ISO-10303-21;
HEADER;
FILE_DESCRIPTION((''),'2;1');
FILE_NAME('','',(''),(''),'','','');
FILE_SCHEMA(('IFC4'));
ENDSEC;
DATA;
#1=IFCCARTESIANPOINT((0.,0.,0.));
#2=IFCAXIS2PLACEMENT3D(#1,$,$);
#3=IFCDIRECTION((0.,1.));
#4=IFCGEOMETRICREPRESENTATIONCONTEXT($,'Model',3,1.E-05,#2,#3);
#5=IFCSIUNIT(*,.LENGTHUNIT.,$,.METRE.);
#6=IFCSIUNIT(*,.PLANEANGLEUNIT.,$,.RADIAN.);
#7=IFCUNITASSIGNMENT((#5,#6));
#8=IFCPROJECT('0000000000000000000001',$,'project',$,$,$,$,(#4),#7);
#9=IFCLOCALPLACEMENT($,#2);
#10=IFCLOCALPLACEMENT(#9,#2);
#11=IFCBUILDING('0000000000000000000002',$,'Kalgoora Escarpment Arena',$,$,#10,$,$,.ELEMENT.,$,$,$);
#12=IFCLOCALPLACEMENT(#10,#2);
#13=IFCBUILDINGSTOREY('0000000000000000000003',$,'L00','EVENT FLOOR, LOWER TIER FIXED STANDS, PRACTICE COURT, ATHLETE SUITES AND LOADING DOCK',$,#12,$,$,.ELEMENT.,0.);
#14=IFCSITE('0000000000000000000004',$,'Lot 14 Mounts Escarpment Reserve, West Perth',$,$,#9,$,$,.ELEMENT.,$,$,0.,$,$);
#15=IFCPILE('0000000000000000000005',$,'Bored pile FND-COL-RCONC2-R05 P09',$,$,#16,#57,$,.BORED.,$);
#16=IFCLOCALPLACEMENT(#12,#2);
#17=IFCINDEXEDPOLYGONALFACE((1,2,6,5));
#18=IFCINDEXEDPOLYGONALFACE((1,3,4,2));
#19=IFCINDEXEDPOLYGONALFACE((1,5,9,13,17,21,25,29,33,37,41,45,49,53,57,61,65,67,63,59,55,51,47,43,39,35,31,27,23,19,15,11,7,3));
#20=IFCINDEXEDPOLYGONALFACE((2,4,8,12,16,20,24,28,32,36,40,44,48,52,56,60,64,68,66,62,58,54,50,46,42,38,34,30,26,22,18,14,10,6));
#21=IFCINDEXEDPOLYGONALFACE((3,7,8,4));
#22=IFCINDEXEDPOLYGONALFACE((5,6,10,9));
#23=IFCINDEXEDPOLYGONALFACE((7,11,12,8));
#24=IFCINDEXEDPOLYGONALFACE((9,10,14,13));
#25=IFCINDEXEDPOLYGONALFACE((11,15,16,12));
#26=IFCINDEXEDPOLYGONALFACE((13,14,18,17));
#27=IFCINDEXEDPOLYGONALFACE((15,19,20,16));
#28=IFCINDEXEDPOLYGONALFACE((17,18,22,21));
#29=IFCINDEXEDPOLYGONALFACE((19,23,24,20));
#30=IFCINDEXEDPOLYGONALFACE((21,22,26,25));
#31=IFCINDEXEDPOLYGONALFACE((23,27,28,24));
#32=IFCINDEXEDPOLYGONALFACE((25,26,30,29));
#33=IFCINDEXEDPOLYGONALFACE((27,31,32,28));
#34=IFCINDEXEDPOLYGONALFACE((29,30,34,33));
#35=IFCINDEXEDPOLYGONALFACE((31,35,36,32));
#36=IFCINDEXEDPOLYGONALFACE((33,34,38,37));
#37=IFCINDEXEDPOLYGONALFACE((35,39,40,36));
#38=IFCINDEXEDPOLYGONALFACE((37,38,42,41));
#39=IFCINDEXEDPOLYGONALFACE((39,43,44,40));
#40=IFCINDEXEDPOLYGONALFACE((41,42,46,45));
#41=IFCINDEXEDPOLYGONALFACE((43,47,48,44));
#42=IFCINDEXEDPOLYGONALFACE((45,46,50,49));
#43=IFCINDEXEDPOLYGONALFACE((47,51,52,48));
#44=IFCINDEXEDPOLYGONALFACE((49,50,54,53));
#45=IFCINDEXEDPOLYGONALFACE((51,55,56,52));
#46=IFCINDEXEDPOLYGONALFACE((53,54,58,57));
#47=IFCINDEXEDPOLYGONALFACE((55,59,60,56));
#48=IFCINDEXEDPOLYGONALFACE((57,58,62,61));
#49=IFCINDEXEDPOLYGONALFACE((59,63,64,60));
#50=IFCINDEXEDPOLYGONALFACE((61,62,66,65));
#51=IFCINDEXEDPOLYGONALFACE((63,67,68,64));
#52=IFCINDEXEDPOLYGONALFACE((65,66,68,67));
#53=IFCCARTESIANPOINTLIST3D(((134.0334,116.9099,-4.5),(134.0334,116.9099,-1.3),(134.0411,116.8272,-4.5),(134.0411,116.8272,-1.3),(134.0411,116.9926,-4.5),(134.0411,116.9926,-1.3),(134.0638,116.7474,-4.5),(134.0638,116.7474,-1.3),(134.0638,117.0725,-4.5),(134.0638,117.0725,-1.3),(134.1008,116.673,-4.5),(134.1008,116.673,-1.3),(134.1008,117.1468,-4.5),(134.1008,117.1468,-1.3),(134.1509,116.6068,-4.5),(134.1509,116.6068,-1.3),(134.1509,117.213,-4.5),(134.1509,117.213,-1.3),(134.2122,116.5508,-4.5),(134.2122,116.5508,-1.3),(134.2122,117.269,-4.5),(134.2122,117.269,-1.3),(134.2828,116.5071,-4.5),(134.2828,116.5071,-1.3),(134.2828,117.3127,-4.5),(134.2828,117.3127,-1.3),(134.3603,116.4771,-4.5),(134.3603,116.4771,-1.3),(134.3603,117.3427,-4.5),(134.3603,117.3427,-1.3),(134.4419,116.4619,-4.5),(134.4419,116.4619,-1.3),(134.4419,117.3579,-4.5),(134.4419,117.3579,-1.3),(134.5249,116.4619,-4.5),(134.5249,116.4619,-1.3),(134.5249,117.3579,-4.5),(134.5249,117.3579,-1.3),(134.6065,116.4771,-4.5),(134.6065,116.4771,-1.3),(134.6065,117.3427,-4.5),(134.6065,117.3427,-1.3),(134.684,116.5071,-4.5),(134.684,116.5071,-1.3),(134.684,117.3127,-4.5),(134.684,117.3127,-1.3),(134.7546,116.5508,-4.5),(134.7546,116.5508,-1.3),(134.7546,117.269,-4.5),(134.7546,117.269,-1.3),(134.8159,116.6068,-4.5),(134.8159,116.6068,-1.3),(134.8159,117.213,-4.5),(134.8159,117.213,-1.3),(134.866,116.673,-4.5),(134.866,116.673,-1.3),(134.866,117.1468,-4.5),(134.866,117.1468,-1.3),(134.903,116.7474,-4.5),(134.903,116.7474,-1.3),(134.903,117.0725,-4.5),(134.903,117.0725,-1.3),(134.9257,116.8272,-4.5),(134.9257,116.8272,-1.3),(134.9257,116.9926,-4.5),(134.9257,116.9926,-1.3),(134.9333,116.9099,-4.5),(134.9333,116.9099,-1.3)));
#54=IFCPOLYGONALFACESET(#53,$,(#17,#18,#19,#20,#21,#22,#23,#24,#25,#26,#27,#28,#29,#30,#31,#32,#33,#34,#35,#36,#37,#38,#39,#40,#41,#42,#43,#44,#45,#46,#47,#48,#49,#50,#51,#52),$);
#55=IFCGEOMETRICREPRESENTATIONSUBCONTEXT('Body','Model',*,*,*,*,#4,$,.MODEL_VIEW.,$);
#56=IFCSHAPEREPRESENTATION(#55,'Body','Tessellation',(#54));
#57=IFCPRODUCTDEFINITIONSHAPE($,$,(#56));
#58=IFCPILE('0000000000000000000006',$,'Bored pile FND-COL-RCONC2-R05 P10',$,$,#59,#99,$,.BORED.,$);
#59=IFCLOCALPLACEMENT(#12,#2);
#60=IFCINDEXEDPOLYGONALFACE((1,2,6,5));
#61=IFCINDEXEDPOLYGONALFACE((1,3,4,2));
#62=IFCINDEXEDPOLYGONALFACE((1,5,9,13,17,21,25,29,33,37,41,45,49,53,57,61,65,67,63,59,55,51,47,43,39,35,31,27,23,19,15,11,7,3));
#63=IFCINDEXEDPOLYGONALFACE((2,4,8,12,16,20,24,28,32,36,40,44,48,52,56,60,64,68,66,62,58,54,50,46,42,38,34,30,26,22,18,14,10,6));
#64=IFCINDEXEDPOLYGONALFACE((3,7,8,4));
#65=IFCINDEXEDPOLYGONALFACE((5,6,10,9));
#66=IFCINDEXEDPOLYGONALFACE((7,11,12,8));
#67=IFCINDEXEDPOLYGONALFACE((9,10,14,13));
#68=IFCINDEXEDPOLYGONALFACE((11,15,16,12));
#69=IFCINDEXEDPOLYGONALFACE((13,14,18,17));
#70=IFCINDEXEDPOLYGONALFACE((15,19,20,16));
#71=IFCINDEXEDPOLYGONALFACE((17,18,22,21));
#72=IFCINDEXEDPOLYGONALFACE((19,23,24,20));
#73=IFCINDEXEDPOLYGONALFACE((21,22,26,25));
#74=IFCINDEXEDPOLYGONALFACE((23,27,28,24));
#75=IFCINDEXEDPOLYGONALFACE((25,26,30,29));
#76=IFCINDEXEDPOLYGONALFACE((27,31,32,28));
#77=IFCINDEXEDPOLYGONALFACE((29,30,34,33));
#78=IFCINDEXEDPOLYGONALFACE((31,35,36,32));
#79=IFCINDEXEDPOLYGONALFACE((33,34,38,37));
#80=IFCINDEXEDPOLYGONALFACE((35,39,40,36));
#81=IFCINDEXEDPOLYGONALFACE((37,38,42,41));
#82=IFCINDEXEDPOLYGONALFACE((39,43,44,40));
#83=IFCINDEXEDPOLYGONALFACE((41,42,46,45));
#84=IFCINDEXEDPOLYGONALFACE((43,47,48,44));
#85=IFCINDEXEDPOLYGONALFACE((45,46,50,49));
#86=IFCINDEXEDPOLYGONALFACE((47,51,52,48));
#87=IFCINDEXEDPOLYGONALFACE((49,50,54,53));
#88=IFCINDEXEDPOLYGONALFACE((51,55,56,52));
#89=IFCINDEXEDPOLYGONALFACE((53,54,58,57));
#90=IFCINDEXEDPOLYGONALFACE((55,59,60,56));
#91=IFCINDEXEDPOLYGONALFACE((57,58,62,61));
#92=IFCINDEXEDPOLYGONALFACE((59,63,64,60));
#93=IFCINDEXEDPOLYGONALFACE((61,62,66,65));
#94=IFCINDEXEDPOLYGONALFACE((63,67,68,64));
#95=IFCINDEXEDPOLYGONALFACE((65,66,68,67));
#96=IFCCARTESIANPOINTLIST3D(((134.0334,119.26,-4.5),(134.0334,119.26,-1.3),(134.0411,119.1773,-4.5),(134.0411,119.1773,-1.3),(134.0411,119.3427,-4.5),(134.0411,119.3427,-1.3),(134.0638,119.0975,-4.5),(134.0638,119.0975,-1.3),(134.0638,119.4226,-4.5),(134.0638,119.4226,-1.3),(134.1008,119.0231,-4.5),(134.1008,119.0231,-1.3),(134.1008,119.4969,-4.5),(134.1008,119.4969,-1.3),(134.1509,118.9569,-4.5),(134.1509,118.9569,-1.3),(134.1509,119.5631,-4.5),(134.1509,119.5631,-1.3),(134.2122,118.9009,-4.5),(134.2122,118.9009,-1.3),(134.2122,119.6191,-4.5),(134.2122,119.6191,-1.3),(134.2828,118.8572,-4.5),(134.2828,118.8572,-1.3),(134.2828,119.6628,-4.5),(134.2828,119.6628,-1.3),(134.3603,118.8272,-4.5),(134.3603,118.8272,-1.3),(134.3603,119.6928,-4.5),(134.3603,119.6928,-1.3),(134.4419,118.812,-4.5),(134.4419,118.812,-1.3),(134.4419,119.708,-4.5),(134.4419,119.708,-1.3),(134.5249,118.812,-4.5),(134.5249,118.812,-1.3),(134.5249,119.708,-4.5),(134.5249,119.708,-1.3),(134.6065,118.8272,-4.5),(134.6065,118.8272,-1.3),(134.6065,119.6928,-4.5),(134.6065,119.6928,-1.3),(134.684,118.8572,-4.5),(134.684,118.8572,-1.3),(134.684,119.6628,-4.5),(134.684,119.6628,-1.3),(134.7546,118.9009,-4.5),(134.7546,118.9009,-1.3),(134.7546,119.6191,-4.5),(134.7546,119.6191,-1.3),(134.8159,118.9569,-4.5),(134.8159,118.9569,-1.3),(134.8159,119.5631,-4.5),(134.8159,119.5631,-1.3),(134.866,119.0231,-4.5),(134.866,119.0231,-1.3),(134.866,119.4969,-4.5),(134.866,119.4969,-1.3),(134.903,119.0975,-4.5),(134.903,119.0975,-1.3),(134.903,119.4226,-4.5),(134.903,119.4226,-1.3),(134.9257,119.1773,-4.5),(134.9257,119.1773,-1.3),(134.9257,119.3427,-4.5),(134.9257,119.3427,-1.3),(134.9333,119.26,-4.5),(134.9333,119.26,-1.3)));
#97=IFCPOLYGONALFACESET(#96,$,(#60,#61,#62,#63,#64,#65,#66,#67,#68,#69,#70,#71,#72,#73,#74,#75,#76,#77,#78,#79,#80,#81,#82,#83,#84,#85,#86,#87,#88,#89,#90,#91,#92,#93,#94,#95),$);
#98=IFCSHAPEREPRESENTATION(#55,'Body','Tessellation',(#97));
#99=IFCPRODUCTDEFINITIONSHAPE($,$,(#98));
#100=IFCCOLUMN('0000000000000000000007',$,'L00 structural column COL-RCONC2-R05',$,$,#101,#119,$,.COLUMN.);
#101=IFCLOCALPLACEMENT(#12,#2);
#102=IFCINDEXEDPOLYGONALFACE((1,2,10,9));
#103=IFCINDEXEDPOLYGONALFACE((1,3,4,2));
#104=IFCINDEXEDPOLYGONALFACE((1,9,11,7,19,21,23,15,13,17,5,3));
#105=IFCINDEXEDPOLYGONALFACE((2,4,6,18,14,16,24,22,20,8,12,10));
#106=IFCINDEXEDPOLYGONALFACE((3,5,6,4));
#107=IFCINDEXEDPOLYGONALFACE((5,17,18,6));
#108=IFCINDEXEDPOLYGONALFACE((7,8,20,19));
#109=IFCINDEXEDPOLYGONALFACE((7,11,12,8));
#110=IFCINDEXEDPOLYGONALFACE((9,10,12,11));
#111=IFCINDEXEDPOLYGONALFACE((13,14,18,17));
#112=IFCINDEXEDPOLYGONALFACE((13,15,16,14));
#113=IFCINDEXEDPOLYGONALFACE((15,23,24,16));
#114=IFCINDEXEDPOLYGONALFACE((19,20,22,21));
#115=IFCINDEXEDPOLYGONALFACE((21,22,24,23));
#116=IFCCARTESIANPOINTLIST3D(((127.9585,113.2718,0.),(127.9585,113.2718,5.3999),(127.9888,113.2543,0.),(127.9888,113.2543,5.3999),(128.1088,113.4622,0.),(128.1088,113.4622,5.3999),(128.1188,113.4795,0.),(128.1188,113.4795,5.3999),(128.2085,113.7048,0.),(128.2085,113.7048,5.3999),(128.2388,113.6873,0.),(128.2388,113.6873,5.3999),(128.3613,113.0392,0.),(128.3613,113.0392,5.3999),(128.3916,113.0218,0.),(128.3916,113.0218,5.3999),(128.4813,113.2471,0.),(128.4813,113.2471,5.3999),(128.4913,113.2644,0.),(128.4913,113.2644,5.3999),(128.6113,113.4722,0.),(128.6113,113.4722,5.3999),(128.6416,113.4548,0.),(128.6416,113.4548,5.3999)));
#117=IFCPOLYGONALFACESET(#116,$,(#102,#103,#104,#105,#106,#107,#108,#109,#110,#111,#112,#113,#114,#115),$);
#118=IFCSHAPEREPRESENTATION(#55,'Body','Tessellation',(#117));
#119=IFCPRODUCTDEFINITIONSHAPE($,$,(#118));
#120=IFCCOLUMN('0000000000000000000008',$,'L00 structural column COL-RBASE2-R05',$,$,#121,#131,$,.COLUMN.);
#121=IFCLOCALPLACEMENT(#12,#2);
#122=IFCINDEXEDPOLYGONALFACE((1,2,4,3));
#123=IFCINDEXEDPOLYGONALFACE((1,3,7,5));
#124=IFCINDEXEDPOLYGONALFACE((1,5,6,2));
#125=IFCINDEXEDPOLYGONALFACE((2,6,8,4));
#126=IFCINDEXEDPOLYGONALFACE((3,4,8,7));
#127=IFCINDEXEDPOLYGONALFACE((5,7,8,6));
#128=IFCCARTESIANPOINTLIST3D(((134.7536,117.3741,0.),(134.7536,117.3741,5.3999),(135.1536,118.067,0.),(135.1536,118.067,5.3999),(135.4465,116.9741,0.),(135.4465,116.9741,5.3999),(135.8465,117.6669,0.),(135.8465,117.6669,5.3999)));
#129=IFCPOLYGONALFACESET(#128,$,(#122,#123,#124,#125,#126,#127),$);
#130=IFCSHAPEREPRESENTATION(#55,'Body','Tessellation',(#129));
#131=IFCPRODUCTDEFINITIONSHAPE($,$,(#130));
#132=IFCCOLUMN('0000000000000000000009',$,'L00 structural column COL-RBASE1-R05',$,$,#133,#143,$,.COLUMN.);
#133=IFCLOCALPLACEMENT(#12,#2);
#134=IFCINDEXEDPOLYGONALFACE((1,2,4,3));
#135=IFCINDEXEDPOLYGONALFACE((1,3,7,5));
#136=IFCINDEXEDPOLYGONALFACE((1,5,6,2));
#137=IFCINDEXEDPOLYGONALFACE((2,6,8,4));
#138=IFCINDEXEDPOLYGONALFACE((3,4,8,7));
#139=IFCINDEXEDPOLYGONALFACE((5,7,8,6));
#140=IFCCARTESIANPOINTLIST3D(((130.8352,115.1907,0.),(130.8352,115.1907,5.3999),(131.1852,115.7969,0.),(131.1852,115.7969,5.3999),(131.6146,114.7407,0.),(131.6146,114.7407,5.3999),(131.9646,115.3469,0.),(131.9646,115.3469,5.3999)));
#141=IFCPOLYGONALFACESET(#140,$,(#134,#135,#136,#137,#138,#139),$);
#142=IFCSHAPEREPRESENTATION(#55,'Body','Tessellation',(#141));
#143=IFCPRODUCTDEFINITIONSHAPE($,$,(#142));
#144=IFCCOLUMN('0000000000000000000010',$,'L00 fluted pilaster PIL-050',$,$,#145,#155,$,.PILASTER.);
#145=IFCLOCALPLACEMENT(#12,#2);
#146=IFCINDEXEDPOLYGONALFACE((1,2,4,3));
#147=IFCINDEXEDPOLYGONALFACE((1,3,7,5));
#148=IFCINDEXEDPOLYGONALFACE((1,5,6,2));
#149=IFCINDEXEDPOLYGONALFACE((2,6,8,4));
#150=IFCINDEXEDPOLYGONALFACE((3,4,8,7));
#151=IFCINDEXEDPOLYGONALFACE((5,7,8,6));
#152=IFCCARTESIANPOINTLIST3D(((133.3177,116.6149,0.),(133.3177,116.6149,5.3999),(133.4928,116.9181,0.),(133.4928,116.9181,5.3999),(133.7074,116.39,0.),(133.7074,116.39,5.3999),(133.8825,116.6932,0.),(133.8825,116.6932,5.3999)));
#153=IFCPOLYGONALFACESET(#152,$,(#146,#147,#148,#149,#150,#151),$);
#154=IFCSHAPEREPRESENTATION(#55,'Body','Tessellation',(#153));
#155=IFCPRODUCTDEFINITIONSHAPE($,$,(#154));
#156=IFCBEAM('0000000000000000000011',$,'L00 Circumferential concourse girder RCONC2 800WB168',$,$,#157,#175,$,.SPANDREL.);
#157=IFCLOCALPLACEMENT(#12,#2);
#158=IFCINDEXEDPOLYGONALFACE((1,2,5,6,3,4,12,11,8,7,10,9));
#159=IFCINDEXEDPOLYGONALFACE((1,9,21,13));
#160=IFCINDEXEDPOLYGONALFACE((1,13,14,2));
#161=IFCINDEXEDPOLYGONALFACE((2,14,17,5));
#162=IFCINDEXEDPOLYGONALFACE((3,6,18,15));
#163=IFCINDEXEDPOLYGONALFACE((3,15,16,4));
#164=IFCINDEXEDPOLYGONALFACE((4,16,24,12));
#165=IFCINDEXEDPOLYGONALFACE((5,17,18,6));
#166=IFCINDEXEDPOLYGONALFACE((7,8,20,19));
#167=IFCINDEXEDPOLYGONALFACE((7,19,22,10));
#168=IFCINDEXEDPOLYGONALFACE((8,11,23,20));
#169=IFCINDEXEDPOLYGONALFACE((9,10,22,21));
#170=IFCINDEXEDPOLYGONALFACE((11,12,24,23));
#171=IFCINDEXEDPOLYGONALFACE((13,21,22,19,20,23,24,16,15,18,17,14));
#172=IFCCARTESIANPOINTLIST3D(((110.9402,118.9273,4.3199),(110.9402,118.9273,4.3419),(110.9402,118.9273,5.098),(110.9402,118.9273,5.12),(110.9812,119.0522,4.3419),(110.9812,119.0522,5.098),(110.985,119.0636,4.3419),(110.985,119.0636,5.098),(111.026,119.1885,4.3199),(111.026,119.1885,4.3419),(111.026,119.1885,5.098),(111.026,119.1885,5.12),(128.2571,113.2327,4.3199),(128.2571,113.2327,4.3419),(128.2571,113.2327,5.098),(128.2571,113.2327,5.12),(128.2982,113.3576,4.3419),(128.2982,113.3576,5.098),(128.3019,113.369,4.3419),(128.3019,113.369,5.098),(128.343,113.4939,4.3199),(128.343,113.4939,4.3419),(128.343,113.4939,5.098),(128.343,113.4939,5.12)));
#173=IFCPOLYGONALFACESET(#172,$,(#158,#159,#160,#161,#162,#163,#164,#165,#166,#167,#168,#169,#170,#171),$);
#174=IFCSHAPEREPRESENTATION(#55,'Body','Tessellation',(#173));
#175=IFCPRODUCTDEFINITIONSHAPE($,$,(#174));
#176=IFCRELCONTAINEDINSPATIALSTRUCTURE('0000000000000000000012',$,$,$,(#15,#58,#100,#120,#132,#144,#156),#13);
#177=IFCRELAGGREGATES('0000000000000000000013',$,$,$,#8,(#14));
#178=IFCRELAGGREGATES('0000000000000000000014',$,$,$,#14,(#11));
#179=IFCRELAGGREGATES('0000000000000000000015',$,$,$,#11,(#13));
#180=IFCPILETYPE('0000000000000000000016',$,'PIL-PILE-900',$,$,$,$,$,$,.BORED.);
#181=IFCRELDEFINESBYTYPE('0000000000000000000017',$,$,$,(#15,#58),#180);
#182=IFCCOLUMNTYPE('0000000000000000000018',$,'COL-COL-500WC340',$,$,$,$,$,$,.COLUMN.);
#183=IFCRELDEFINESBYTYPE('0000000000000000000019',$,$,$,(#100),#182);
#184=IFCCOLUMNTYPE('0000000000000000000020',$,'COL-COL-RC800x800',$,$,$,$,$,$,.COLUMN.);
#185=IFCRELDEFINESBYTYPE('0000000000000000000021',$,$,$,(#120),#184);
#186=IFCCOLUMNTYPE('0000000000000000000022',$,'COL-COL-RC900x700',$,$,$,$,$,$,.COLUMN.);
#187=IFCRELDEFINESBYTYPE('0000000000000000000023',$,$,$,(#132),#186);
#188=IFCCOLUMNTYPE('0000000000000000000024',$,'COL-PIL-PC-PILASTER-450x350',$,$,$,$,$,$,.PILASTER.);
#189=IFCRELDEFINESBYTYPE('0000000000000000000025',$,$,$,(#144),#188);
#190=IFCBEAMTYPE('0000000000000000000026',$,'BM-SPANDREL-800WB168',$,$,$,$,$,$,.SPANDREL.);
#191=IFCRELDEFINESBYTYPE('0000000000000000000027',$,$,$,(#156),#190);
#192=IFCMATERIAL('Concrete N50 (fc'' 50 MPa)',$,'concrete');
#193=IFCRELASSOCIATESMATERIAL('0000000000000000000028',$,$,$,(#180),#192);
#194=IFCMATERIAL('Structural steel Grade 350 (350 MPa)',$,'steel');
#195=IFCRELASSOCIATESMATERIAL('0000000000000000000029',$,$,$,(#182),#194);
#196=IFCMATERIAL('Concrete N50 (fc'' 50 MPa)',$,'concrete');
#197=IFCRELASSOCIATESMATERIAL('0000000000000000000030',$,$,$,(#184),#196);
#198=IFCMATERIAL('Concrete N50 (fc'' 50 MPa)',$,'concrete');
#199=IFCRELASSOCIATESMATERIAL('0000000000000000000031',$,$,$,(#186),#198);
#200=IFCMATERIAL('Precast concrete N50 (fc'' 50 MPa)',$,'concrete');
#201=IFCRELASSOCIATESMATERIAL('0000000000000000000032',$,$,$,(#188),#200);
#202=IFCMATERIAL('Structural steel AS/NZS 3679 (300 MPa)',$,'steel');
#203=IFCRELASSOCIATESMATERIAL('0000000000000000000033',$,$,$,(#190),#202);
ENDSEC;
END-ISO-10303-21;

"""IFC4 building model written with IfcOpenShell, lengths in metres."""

from ifc_helpers import new_model, si_unit, direction, frame, origin, origin_2d, place, context, subcontext, project, spatial, rectangle, circle, i_section, extrude, material, material_profile, profile_set, type_object, element, save


model = new_model("IFC4")

# Units and contexts
model_context = context("Model", 3, precision=1e-05, world=origin(), true_north=direction((0.0, 1.0)))
body_context = subcontext(model_context, "Body", "Model", "MODEL_VIEW")
ifc_project = project(units=[si_unit("LENGTHUNIT", "METRE"), si_unit("PLANEANGLEUNIT", "RADIAN")], contexts=[model_context])

# Site, building, storey
site_placement = place(None, origin())
site = spatial("IfcSite", under=ifc_project, at=site_placement, Name="Lot 14 Mounts Escarpment Reserve, West Perth", CompositionType="ELEMENT", RefElevation=0.0)
building_placement = place(site_placement, origin())
building = spatial("IfcBuilding", under=site, at=building_placement, Name="Kalgoora Escarpment Arena", CompositionType="ELEMENT")
storey_placement = place(building_placement, origin())
storey = spatial("IfcBuildingStorey", under=building, at=storey_placement, Name="L00", Description="EVENT FLOOR, LOWER TIER FIXED STANDS, PRACTICE COURT, ATHLETE SUITES AND LOADING DOCK", CompositionType="ELEMENT", Elevation=0.0)

# Piles
ifc_material_1 = material(Name="Concrete N50 (fc' 50 MPa)", Category="concrete")
ifc_material_profile_1 = material_profile(ifc_material_1, circle(Radius=0.45, at=origin_2d()))
ifc_profile_set_1 = profile_set([ifc_material_profile_1], Name="Concrete N50 (fc' 50 MPa)")
pile_type_1 = type_object("IfcPileType", Name="PIL-PILE-900", PredefinedType="BORED", material=ifc_profile_set_1)
for number, where, z_axis, x_axis, name in (
    (1, (134.4834, 116.9099, -1.3), (0.0, 0.0, -1.0), (1.0, 0.0, 0.0), "Bored pile FND-COL-RCONC2-R05 P09"),
    (2, (134.4834, 119.26, -1.3), (0.0, 0.0, -1.0), (1.0, 0.0, 0.0), "Bored pile FND-COL-RCONC2-R05 P10"),
):
    element("IfcPile", number, at=place(storey_placement, frame(where, z_axis=z_axis, x_axis=x_axis)), inside=storey, type_object=pile_type_1, Name=name, PredefinedType="BORED", context=body_context, shape_type="SweptSolid", body=[
        extrude(circle(Radius=0.45, at=origin_2d()), origin(), (0.0, 0.0, 1.0), 3.2),
    ])

# Columns
ifc_material_2 = material(Name="Structural steel Grade 350 (350 MPa)", Category="steel")
ifc_material_profile_2 = material_profile(ifc_material_2, i_section(OverallWidth=0.5, OverallDepth=0.5, WebThickness=0.02, FlangeThickness=0.0349, at=origin_2d()))
ifc_profile_set_2 = profile_set([ifc_material_profile_2], Name="Structural steel Grade 350 (350 MPa)")
column_type_1 = type_object("IfcColumnType", Name="COL-COL-500WC340", PredefinedType="COLUMN", material=ifc_profile_set_2)
column_1_placement = place(storey_placement, frame((128.3, 113.3633, 0.0), z_axis=(0.0, 0.0, 1.0), x_axis=(0.5, 0.866025, 0.0)))
element("IfcColumn", 3, at=column_1_placement, inside=storey, type_object=column_type_1, Name="L00 structural column COL-RCONC2-R05", PredefinedType="COLUMN", context=body_context, shape_type="SweptSolid", body=[
    extrude(i_section(OverallWidth=0.5, OverallDepth=0.5, WebThickness=0.02, FlangeThickness=0.0349, at=origin_2d()), origin(), (0.0, 0.0, 1.0), 5.3999),
])
ifc_material_3 = material(Name="Concrete N50 (fc' 50 MPa)", Category="concrete")
ifc_material_profile_3 = material_profile(ifc_material_3, rectangle(XDim=0.8, YDim=0.8, at=origin_2d()))
ifc_profile_set_3 = profile_set([ifc_material_profile_3], Name="Concrete N50 (fc' 50 MPa)")
column_type_2 = type_object("IfcColumnType", Name="COL-COL-RC800x800", PredefinedType="COLUMN", material=ifc_profile_set_3)
column_2_placement = place(storey_placement, frame((135.3, 117.5205, 0.0), z_axis=(0.0, 0.0, 1.0), x_axis=(0.5, 0.866025, 0.0)))
element("IfcColumn", 4, at=column_2_placement, inside=storey, type_object=column_type_2, Name="L00 structural column COL-RBASE2-R05", PredefinedType="COLUMN", context=body_context, shape_type="SweptSolid", body=[
    extrude(rectangle(XDim=0.8, YDim=0.8, at=origin_2d()), origin(), (0.0, 0.0, 1.0), 5.3999),
])
ifc_material_4 = material(Name="Concrete N50 (fc' 50 MPa)", Category="concrete")
ifc_material_profile_4 = material_profile(ifc_material_4, rectangle(XDim=0.7, YDim=0.8999, at=origin_2d()))
ifc_profile_set_4 = profile_set([ifc_material_profile_4], Name="Concrete N50 (fc' 50 MPa)")
column_type_3 = type_object("IfcColumnType", Name="COL-COL-RC900x700", PredefinedType="COLUMN", material=ifc_profile_set_4)
column_3_placement = place(storey_placement, frame((131.3999, 115.2688, 0.0), z_axis=(0.0, 0.0, 1.0), x_axis=(0.5, 0.866025, 0.0)))
element("IfcColumn", 5, at=column_3_placement, inside=storey, type_object=column_type_3, Name="L00 structural column COL-RBASE1-R05", PredefinedType="COLUMN", context=body_context, shape_type="SweptSolid", body=[
    extrude(rectangle(XDim=0.7, YDim=0.8999, at=origin_2d()), origin(), (0.0, 0.0, 1.0), 5.3999),
])
ifc_material_5 = material(Name="Precast concrete N50 (fc' 50 MPa)", Category="concrete")
ifc_material_profile_5 = material_profile(ifc_material_5, rectangle(XDim=0.3501, YDim=0.45, at=origin_2d()))
ifc_profile_set_5 = profile_set([ifc_material_profile_5], Name="Precast concrete N50 (fc' 50 MPa)")
column_type_4 = type_object("IfcColumnType", Name="COL-PIL-PC-PILASTER-450x350", PredefinedType="PILASTER", material=ifc_profile_set_5)
column_4_placement = place(storey_placement, frame((133.6001, 116.6541, 0.0), z_axis=(0.0, 0.0, 1.0), x_axis=(0.5, 0.866025, 0.0)))
element("IfcColumn", 6, at=column_4_placement, inside=storey, type_object=column_type_4, Name="L00 fluted pilaster PIL-050", PredefinedType="PILASTER", context=body_context, shape_type="SweptSolid", body=[
    extrude(rectangle(XDim=0.3501, YDim=0.45, at=origin_2d()), origin(), (0.0, 0.0, 1.0), 5.3999),
])

# Beam
ifc_material_6 = material(Name="Structural steel AS/NZS 3679 (300 MPa)", Category="steel")
ifc_material_profile_6 = material_profile(ifc_material_6, i_section(OverallWidth=0.2749, OverallDepth=0.8, WebThickness=0.012, FlangeThickness=0.022, at=origin_2d()))
ifc_profile_set_6 = profile_set([ifc_material_profile_6], Name="Structural steel AS/NZS 3679 (300 MPa)")
beam_type = type_object("IfcBeamType", Name="BM-SPANDREL-800WB168", PredefinedType="SPANDREL", material=ifc_profile_set_6)
beam_placement = place(storey_placement, frame((128.3, 113.3633, 4.72), z_axis=(-0.949955, 0.312388, 0.0), x_axis=(-0.312388, -0.949955, 0.0)))
element("IfcBeam", 7, at=beam_placement, inside=storey, type_object=beam_type, Name="L00 Circumferential concourse girder RCONC2 800WB168", PredefinedType="SPANDREL", context=body_context, shape_type="SweptSolid", body=[
    extrude(i_section(OverallWidth=0.2749, OverallDepth=0.8, WebThickness=0.012, FlangeThickness=0.022, at=origin_2d()), origin(), (0.0, 0.0, 1.0), 18.2292),
])

save(model, "model.ifc")
